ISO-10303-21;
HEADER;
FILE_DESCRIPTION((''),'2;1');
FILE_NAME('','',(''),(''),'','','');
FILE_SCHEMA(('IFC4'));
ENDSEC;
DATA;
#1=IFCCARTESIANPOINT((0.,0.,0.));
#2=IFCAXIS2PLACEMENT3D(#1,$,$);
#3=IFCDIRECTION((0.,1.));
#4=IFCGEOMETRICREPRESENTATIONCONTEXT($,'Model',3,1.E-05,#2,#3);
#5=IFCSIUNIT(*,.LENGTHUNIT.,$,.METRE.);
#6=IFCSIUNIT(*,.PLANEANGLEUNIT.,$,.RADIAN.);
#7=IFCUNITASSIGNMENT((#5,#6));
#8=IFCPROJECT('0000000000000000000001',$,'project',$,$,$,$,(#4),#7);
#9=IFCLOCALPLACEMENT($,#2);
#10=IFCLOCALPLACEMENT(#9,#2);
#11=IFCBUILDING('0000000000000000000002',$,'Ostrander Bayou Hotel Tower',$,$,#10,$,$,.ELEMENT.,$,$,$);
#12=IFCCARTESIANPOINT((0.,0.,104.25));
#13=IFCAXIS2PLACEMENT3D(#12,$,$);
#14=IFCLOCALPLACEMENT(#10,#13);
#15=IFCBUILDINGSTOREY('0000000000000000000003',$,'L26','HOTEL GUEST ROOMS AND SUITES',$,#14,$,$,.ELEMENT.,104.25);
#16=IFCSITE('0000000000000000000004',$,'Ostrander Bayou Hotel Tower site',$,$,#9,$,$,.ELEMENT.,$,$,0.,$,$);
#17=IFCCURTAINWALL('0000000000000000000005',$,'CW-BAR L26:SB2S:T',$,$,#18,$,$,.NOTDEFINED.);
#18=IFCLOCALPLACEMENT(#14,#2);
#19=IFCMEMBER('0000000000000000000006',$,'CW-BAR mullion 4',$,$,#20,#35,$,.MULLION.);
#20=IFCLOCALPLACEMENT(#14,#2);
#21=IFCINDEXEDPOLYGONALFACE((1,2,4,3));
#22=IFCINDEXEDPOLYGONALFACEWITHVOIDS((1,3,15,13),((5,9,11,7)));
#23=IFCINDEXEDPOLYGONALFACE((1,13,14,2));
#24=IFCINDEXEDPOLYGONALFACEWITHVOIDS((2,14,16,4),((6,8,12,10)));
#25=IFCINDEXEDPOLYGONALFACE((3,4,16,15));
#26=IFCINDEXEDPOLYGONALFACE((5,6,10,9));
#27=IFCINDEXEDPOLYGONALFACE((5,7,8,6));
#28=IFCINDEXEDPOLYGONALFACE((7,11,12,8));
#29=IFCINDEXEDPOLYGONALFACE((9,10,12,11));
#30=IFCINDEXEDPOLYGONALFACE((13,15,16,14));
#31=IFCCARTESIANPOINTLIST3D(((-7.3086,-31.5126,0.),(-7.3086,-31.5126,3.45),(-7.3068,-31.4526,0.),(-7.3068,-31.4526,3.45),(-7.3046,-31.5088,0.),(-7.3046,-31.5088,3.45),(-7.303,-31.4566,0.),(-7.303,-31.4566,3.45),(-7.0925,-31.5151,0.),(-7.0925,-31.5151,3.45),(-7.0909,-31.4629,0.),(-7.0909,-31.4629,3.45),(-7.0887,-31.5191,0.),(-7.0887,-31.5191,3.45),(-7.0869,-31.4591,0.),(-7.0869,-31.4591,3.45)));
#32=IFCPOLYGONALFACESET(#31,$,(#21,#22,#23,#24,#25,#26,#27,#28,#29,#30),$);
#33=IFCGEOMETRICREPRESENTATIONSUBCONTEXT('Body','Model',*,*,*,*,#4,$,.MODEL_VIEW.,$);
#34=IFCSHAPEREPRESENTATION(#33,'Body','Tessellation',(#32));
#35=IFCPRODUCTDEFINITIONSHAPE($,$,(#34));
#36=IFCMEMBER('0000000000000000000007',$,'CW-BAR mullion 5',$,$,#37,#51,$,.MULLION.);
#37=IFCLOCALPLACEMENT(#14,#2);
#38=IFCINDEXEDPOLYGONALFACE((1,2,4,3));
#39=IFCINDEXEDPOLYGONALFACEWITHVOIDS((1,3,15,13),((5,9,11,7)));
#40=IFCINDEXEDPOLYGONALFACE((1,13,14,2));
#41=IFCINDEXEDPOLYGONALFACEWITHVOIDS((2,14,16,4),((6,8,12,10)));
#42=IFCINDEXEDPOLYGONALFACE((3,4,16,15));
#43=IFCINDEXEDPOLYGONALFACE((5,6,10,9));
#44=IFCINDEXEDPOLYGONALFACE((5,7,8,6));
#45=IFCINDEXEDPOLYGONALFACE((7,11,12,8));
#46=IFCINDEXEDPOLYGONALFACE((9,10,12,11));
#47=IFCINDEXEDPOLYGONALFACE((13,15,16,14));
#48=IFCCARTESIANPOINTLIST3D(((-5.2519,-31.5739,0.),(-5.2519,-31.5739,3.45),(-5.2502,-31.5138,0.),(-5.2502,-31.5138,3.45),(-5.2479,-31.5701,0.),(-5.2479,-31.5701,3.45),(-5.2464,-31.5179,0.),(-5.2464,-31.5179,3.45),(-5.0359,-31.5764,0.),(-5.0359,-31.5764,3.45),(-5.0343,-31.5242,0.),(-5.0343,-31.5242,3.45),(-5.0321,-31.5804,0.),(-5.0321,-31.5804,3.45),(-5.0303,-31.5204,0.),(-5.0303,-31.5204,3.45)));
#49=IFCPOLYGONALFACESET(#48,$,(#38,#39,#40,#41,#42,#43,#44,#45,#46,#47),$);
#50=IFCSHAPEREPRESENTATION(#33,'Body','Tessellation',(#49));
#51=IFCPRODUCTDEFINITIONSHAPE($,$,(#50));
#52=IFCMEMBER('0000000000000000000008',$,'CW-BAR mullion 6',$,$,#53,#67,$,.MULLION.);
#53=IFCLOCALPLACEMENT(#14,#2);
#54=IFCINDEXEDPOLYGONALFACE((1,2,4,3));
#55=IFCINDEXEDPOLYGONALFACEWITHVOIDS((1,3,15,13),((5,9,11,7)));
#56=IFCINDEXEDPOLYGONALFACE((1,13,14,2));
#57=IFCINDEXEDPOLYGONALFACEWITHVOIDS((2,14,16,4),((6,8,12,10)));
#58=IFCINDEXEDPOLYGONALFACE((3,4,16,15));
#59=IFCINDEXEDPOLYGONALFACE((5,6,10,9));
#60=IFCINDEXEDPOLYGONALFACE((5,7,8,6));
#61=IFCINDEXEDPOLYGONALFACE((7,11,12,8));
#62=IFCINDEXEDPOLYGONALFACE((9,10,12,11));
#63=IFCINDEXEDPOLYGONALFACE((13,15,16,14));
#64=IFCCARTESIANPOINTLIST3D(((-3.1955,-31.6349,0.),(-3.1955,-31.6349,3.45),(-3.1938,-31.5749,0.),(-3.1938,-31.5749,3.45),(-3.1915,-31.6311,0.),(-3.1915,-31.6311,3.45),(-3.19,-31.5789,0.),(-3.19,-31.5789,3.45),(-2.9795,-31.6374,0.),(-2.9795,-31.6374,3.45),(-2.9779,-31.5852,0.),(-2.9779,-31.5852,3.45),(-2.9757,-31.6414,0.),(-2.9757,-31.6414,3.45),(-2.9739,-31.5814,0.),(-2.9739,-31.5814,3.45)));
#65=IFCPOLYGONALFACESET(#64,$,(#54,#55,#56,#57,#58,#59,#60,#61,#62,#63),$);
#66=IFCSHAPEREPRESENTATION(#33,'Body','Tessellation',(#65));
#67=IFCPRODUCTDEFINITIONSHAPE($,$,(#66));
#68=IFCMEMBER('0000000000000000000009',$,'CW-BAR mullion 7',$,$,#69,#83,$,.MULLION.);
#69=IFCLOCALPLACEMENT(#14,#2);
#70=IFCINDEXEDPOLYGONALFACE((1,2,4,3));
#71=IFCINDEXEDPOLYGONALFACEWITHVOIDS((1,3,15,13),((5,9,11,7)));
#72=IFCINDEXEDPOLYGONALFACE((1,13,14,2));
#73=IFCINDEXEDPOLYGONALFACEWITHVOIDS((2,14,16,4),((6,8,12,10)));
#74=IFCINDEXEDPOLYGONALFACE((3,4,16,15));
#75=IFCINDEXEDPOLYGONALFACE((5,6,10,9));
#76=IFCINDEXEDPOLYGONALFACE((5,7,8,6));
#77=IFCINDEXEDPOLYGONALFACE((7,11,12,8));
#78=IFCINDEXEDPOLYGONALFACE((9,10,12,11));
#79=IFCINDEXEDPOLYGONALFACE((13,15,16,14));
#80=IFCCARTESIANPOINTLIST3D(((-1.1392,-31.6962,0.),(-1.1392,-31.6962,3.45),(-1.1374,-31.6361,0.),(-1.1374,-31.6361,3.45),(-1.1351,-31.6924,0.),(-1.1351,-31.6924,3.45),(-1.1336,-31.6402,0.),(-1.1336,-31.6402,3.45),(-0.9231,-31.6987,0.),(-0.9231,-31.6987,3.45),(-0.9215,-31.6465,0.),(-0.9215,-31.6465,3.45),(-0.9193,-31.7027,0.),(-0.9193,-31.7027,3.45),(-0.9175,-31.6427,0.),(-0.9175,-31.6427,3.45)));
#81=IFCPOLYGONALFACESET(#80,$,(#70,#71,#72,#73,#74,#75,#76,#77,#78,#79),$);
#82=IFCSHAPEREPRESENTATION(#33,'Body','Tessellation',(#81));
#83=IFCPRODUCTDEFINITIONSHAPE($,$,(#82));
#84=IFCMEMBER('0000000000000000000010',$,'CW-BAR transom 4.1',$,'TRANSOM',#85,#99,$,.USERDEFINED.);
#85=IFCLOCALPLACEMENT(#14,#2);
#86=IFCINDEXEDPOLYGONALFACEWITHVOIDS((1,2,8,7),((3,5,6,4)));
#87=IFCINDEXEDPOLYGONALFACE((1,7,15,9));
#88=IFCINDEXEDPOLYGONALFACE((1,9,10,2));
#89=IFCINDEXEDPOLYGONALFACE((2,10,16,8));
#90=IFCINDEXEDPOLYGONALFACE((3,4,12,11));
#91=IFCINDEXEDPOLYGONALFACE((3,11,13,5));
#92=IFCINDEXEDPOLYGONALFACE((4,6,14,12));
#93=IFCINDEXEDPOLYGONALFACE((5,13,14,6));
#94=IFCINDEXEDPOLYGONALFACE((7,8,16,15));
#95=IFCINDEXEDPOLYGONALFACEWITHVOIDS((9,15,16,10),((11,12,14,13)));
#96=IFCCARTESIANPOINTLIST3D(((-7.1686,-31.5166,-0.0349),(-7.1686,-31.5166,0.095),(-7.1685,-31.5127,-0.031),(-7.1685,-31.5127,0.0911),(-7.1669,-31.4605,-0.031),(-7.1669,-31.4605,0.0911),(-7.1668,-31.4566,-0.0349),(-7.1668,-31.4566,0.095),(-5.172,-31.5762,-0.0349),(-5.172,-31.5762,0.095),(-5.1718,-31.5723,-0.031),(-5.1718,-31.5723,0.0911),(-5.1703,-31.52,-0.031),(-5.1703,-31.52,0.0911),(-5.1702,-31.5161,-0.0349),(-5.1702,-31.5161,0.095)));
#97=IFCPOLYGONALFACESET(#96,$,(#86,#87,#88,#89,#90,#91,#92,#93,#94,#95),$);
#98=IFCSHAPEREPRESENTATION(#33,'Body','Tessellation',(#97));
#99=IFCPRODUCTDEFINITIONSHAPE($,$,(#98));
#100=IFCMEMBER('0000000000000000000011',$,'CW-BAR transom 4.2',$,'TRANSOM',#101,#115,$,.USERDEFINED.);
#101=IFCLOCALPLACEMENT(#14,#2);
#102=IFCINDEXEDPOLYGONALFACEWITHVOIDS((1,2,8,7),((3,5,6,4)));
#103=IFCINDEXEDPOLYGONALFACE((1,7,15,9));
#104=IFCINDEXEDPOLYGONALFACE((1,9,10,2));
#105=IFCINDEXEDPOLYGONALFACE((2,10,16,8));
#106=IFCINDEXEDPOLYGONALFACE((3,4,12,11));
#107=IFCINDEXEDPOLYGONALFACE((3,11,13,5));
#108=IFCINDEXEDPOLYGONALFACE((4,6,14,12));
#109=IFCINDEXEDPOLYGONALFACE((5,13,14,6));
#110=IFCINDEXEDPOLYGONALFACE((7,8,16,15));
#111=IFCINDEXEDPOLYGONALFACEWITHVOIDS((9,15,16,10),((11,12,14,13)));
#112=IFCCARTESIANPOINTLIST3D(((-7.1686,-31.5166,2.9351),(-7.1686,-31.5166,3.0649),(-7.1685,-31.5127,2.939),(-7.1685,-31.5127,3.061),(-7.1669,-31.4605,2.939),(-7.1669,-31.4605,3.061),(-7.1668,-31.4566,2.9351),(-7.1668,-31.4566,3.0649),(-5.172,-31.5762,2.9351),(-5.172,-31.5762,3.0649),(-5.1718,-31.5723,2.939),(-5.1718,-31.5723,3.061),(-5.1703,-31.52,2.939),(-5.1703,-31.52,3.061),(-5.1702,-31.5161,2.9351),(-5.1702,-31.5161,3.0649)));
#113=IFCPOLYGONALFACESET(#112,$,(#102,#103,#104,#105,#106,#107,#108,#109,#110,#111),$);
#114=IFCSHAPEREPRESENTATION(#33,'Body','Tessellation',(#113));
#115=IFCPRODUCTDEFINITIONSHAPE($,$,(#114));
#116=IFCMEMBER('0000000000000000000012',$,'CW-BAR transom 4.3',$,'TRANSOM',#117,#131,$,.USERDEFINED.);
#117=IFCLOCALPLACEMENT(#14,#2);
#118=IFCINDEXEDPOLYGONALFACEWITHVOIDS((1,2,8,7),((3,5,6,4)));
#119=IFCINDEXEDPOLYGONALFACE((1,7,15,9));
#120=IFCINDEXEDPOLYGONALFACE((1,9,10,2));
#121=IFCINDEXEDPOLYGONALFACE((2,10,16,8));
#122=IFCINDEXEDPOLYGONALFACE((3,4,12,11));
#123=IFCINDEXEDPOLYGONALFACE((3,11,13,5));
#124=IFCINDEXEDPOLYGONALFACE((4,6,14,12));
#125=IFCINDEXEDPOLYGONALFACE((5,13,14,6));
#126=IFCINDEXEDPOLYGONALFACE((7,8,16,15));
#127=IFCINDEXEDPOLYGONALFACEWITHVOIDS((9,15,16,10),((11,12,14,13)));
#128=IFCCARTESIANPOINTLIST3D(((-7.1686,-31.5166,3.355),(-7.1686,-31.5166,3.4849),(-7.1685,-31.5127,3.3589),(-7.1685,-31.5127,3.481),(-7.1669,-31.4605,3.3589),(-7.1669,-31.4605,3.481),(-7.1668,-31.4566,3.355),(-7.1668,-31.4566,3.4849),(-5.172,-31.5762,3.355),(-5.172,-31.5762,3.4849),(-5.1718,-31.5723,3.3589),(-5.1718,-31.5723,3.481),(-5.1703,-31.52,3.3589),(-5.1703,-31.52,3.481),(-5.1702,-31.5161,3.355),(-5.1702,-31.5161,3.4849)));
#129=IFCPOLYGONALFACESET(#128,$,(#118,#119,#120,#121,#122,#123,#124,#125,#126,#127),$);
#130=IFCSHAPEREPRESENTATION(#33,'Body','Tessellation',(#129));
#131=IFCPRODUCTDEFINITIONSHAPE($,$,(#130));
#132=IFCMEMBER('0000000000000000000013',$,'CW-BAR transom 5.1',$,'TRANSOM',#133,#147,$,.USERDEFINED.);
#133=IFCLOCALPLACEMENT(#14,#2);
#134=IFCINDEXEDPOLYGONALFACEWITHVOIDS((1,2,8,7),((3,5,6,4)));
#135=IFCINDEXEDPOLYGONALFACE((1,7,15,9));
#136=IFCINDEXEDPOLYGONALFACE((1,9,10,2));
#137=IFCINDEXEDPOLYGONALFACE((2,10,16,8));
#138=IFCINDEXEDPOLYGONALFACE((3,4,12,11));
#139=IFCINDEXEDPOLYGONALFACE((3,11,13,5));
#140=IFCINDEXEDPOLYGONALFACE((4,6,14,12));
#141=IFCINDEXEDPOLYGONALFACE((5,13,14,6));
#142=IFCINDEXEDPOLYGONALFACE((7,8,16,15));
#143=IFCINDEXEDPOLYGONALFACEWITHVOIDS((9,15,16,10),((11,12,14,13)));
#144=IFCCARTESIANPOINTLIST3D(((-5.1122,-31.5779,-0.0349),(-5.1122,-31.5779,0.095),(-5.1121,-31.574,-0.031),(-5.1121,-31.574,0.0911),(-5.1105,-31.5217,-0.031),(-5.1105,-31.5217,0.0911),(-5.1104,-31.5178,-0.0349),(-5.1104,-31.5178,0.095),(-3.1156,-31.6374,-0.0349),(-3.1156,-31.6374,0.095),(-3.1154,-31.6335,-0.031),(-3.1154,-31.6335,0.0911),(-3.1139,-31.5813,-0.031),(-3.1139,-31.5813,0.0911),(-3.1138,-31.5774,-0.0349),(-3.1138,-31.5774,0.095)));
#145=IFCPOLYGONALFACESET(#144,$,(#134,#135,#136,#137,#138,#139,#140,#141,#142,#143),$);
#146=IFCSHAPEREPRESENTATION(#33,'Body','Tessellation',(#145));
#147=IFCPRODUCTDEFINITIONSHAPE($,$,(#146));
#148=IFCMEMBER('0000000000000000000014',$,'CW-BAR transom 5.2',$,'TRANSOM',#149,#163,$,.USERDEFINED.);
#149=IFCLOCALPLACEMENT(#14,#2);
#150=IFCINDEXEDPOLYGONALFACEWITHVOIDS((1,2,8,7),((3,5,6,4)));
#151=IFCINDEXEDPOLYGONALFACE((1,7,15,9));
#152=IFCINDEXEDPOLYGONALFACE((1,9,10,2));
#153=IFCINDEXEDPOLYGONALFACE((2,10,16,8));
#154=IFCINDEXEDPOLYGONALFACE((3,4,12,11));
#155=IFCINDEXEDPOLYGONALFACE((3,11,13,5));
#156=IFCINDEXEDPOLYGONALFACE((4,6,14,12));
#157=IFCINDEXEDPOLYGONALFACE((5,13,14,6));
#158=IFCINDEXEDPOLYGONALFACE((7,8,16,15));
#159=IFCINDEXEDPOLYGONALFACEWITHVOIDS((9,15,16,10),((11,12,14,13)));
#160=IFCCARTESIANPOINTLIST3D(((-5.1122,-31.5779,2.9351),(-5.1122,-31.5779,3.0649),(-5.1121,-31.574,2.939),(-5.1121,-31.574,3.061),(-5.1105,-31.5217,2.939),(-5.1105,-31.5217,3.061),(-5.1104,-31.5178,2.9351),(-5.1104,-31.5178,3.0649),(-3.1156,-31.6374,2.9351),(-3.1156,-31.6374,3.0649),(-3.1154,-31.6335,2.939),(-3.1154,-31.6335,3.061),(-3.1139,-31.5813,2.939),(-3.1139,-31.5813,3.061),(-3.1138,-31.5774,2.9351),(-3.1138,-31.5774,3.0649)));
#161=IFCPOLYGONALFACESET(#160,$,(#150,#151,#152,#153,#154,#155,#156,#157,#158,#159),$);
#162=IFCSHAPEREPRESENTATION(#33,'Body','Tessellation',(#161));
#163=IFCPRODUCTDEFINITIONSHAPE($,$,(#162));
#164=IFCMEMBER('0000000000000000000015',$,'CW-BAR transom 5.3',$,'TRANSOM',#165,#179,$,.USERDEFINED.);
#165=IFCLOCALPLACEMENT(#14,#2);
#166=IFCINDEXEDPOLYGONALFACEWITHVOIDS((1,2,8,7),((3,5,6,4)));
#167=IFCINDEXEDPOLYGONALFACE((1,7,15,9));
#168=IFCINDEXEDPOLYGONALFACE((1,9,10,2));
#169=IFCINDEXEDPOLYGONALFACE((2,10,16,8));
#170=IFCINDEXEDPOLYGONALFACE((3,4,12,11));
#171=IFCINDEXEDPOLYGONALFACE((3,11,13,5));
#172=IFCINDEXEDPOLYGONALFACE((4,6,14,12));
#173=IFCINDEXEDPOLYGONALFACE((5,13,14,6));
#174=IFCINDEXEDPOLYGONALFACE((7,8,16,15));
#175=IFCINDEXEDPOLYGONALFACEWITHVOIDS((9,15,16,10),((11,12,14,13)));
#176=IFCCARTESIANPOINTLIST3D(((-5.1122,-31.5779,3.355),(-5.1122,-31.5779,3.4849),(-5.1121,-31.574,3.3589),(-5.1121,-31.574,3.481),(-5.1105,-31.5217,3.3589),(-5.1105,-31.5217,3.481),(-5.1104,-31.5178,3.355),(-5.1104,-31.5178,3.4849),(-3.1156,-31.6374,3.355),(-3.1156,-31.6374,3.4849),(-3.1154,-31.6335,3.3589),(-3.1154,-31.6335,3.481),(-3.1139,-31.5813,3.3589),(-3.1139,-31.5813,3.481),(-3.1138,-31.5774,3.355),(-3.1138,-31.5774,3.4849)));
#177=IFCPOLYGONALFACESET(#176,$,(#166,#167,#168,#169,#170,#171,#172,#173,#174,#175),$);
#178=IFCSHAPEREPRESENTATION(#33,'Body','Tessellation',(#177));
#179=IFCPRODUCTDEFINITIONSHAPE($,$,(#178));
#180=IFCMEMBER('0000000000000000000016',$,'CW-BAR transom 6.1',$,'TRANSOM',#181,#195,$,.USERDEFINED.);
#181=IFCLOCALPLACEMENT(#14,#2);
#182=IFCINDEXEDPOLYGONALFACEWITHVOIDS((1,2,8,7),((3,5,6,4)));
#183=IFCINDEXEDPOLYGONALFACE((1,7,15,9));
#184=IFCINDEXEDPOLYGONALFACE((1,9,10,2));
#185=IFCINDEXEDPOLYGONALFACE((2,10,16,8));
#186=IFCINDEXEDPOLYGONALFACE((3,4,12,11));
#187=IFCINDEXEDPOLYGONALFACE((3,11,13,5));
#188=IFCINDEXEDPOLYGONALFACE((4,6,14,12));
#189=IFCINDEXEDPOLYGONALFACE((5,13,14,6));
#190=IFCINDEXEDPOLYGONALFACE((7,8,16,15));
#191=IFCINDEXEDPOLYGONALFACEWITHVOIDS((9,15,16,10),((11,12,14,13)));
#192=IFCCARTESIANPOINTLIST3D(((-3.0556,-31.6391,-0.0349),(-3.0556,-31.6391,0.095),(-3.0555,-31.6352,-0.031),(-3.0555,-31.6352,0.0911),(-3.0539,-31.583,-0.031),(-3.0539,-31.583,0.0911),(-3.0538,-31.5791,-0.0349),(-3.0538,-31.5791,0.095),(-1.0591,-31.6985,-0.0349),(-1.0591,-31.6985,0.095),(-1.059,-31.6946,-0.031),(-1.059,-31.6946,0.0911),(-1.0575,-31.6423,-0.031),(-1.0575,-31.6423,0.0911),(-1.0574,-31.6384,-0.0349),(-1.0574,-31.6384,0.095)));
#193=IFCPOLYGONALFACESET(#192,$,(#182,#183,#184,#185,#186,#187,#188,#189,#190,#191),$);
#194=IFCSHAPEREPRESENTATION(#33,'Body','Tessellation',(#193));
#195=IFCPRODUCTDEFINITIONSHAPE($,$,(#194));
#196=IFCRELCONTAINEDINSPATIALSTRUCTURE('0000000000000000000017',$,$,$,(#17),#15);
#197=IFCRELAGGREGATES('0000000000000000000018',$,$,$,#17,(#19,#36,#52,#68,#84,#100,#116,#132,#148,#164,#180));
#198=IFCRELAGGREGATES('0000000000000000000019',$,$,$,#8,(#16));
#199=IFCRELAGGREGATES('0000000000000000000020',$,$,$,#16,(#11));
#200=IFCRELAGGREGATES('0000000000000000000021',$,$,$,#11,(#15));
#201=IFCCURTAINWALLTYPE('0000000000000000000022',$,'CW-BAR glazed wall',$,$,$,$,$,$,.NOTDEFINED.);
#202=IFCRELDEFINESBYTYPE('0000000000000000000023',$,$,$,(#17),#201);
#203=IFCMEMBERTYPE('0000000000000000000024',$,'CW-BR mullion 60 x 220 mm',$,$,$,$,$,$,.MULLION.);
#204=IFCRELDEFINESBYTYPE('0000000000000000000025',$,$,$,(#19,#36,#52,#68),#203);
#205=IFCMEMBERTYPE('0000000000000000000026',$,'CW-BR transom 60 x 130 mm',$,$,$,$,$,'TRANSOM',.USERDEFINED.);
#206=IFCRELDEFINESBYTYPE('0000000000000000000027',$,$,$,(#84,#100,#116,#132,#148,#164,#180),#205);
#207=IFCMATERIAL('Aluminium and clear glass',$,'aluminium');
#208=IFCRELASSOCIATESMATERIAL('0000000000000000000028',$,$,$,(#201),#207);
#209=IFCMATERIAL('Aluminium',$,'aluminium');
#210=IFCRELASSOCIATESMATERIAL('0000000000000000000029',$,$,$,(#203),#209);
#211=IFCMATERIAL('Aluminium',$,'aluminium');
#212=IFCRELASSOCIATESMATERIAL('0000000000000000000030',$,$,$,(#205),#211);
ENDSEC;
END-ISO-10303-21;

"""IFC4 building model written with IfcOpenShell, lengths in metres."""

from ifc_helpers import new_model, si_unit, direction, frame, origin, origin_2d, place, context, subcontext, project, spatial, hollow_rectangle, extrude, material, material_profile, profile_set, type_object, element, aggregate, save


model = new_model("IFC4")

# Units and contexts
model_context = context("Model", 3, precision=1e-05, world=origin(), true_north=direction((0.0, 1.0)))
body_context = subcontext(model_context, "Body", "Model", "MODEL_VIEW")
ifc_project = project(units=[si_unit("LENGTHUNIT", "METRE"), si_unit("PLANEANGLEUNIT", "RADIAN")], contexts=[model_context])

# Site, building, storey
site_placement = place(None, origin())
site = spatial("IfcSite", under=ifc_project, at=site_placement, Name="Ostrander Bayou Hotel Tower site", CompositionType="ELEMENT", RefElevation=0.0)
building_placement = place(site_placement, origin())
building = spatial("IfcBuilding", under=site, at=building_placement, Name="Ostrander Bayou Hotel Tower", CompositionType="ELEMENT")
storey_placement = place(building_placement, frame((0.0, 0.0, 104.25)))
storey = spatial("IfcBuildingStorey", under=building, at=storey_placement, Name="L26", Description="HOTEL GUEST ROOMS AND SUITES", CompositionType="ELEMENT", Elevation=104.25)

# Curtain wall, members
ifc_material_1 = material(Name="Aluminium and clear glass", Category="aluminium")
curtain_wall_type = type_object("IfcCurtainWallType", Name="CW-BAR glazed wall", PredefinedType="NOTDEFINED", material=ifc_material_1)
curtain_wall_placement = place(storey_placement, origin())
curtain_wall = element("IfcCurtainWall", 1, at=curtain_wall_placement, inside=storey, type_object=curtain_wall_type, Name="CW-BAR L26:SB2S:T", PredefinedType="NOTDEFINED")
ifc_material_2 = material(Name="Aluminium", Category="aluminium")
ifc_material_profile_1 = material_profile(ifc_material_2, hollow_rectangle(XDim=0.0601, YDim=0.22, WallThickness=0.0039, at=origin_2d()))
ifc_profile_set_1 = profile_set([ifc_material_profile_1], Name="Aluminium")
member_type_1 = type_object("IfcMemberType", Name="CW-BR mullion 60 x 220 mm", PredefinedType="MULLION", material=ifc_profile_set_1)
member_1_placement = place(storey_placement, frame((-7.1978, -31.4858, 0.0), z_axis=(0.0, 0.0, 1.0), x_axis=(0.029746, 0.999557, 0.0)))
member_1 = element("IfcMember", 2, at=member_1_placement, type_object=member_type_1, Name="CW-BAR mullion 4", PredefinedType="MULLION", context=body_context, shape_type="SweptSolid", body=[
    extrude(hollow_rectangle(XDim=0.0601, YDim=0.22, WallThickness=0.0039, at=origin_2d()), origin(), (0.0, 0.0, 1.0), 3.45),
])
member_2_placement = place(storey_placement, frame((-5.1411, -31.5471, 0.0), z_axis=(0.0, 0.0, 1.0), x_axis=(0.029746, 0.999557, 0.0)))
member_2 = element("IfcMember", 3, at=member_2_placement, type_object=member_type_1, Name="CW-BAR mullion 5", PredefinedType="MULLION", context=body_context, shape_type="SweptSolid", body=[
    extrude(hollow_rectangle(XDim=0.0601, YDim=0.22, WallThickness=0.0039, at=origin_2d()), origin(), (0.0, 0.0, 1.0), 3.45),
])
member_3_placement = place(storey_placement, frame((-3.0847, -31.6082, 0.0), z_axis=(0.0, 0.0, 1.0), x_axis=(0.029746, 0.999557, 0.0)))
member_3 = element("IfcMember", 4, at=member_3_placement, type_object=member_type_1, Name="CW-BAR mullion 6", PredefinedType="MULLION", context=body_context, shape_type="SweptSolid", body=[
    extrude(hollow_rectangle(XDim=0.0601, YDim=0.22, WallThickness=0.0039, at=origin_2d()), origin(), (0.0, 0.0, 1.0), 3.45),
])
member_4_placement = place(storey_placement, frame((-1.0283, -31.6694, 0.0), z_axis=(0.0, 0.0, 1.0), x_axis=(0.029746, 0.999557, 0.0)))
member_4 = element("IfcMember", 5, at=member_4_placement, type_object=member_type_1, Name="CW-BAR mullion 7", PredefinedType="MULLION", context=body_context, shape_type="SweptSolid", body=[
    extrude(hollow_rectangle(XDim=0.0601, YDim=0.22, WallThickness=0.0039, at=origin_2d()), origin(), (0.0, 0.0, 1.0), 3.45),
])
ifc_material_3 = material(Name="Aluminium", Category="aluminium")
ifc_material_profile_2 = material_profile(ifc_material_3, hollow_rectangle(XDim=0.0601, YDim=0.1299, WallThickness=0.0039, at=origin_2d()))
ifc_profile_set_2 = profile_set([ifc_material_profile_2], Name="Aluminium")
member_type_2 = type_object("IfcMemberType", Name="CW-BR transom 60 x 130 mm", ElementType="TRANSOM", PredefinedType="USERDEFINED", material=ifc_profile_set_2)
member_5_placement = place(storey_placement, frame((-7.1677, -31.4866, 0.03), z_axis=(0.999555, -0.029823, 0.0), x_axis=(0.029823, 0.999555, 0.0)))
member_5 = element("IfcMember", 6, at=member_5_placement, type_object=member_type_2, Name="CW-BAR transom 4.1", ObjectType="TRANSOM", PredefinedType="USERDEFINED", context=body_context, shape_type="SweptSolid", body=[
    extrude(hollow_rectangle(XDim=0.0601, YDim=0.1299, WallThickness=0.0039, at=origin_2d()), origin(), (0.0, 0.0, 1.0), 1.9976),
])
member_6_placement = place(storey_placement, frame((-7.1677, -31.4866, 3.0), z_axis=(0.999555, -0.029823, 0.0), x_axis=(0.029823, 0.999555, 0.0)))
member_6 = element("IfcMember", 7, at=member_6_placement, type_object=member_type_2, Name="CW-BAR transom 4.2", ObjectType="TRANSOM", PredefinedType="USERDEFINED", context=body_context, shape_type="SweptSolid", body=[
    extrude(hollow_rectangle(XDim=0.0601, YDim=0.1299, WallThickness=0.0039, at=origin_2d()), origin(), (0.0, 0.0, 1.0), 1.9976),
])
member_7_placement = place(storey_placement, frame((-7.1677, -31.4866, 3.4199), z_axis=(0.999555, -0.029823, 0.0), x_axis=(0.029823, 0.999555, 0.0)))
member_7 = element("IfcMember", 8, at=member_7_placement, type_object=member_type_2, Name="CW-BAR transom 4.3", ObjectType="TRANSOM", PredefinedType="USERDEFINED", context=body_context, shape_type="SweptSolid", body=[
    extrude(hollow_rectangle(XDim=0.0601, YDim=0.1299, WallThickness=0.0039, at=origin_2d()), origin(), (0.0, 0.0, 1.0), 1.9976),
])
member_8_placement = place(storey_placement, frame((-5.1113, -31.5479, 0.03), z_axis=(0.999555, -0.029823, 0.0), x_axis=(0.029823, 0.999555, 0.0)))
member_8 = element("IfcMember", 9, at=member_8_placement, type_object=member_type_2, Name="CW-BAR transom 5.1", ObjectType="TRANSOM", PredefinedType="USERDEFINED", context=body_context, shape_type="SweptSolid", body=[
    extrude(hollow_rectangle(XDim=0.0601, YDim=0.1299, WallThickness=0.0039, at=origin_2d()), origin(), (0.0, 0.0, 1.0), 1.9976),
])
member_9_placement = place(storey_placement, frame((-5.1113, -31.5479, 3.0), z_axis=(0.999555, -0.029823, 0.0), x_axis=(0.029823, 0.999555, 0.0)))
member_9 = element("IfcMember", 10, at=member_9_placement, type_object=member_type_2, Name="CW-BAR transom 5.2", ObjectType="TRANSOM", PredefinedType="USERDEFINED", context=body_context, shape_type="SweptSolid", body=[
    extrude(hollow_rectangle(XDim=0.0601, YDim=0.1299, WallThickness=0.0039, at=origin_2d()), origin(), (0.0, 0.0, 1.0), 1.9976),
])
member_10_placement = place(storey_placement, frame((-5.1113, -31.5479, 3.4199), z_axis=(0.999555, -0.029823, 0.0), x_axis=(0.029823, 0.999555, 0.0)))
member_10 = element("IfcMember", 11, at=member_10_placement, type_object=member_type_2, Name="CW-BAR transom 5.3", ObjectType="TRANSOM", PredefinedType="USERDEFINED", context=body_context, shape_type="SweptSolid", body=[
    extrude(hollow_rectangle(XDim=0.0601, YDim=0.1299, WallThickness=0.0039, at=origin_2d()), origin(), (0.0, 0.0, 1.0), 1.9976),
])
member_11_placement = place(storey_placement, frame((-3.0547, -31.6091, 0.03), z_axis=(0.999559, -0.029704, 0.0), x_axis=(0.029704, 0.999559, 0.0)))
member_11 = element("IfcMember", 12, at=member_11_placement, type_object=member_type_2, Name="CW-BAR transom 6.1", ObjectType="TRANSOM", PredefinedType="USERDEFINED", context=body_context, shape_type="SweptSolid", body=[
    extrude(hollow_rectangle(XDim=0.0601, YDim=0.1299, WallThickness=0.0039, at=origin_2d()), origin(), (0.0, 0.0, 1.0), 1.9973),
])
aggregate(curtain_wall, [member_1, member_2, member_3, member_4, member_5, member_6, member_7, member_8, member_9, member_10, member_11])

save(model, "model.ifc")
